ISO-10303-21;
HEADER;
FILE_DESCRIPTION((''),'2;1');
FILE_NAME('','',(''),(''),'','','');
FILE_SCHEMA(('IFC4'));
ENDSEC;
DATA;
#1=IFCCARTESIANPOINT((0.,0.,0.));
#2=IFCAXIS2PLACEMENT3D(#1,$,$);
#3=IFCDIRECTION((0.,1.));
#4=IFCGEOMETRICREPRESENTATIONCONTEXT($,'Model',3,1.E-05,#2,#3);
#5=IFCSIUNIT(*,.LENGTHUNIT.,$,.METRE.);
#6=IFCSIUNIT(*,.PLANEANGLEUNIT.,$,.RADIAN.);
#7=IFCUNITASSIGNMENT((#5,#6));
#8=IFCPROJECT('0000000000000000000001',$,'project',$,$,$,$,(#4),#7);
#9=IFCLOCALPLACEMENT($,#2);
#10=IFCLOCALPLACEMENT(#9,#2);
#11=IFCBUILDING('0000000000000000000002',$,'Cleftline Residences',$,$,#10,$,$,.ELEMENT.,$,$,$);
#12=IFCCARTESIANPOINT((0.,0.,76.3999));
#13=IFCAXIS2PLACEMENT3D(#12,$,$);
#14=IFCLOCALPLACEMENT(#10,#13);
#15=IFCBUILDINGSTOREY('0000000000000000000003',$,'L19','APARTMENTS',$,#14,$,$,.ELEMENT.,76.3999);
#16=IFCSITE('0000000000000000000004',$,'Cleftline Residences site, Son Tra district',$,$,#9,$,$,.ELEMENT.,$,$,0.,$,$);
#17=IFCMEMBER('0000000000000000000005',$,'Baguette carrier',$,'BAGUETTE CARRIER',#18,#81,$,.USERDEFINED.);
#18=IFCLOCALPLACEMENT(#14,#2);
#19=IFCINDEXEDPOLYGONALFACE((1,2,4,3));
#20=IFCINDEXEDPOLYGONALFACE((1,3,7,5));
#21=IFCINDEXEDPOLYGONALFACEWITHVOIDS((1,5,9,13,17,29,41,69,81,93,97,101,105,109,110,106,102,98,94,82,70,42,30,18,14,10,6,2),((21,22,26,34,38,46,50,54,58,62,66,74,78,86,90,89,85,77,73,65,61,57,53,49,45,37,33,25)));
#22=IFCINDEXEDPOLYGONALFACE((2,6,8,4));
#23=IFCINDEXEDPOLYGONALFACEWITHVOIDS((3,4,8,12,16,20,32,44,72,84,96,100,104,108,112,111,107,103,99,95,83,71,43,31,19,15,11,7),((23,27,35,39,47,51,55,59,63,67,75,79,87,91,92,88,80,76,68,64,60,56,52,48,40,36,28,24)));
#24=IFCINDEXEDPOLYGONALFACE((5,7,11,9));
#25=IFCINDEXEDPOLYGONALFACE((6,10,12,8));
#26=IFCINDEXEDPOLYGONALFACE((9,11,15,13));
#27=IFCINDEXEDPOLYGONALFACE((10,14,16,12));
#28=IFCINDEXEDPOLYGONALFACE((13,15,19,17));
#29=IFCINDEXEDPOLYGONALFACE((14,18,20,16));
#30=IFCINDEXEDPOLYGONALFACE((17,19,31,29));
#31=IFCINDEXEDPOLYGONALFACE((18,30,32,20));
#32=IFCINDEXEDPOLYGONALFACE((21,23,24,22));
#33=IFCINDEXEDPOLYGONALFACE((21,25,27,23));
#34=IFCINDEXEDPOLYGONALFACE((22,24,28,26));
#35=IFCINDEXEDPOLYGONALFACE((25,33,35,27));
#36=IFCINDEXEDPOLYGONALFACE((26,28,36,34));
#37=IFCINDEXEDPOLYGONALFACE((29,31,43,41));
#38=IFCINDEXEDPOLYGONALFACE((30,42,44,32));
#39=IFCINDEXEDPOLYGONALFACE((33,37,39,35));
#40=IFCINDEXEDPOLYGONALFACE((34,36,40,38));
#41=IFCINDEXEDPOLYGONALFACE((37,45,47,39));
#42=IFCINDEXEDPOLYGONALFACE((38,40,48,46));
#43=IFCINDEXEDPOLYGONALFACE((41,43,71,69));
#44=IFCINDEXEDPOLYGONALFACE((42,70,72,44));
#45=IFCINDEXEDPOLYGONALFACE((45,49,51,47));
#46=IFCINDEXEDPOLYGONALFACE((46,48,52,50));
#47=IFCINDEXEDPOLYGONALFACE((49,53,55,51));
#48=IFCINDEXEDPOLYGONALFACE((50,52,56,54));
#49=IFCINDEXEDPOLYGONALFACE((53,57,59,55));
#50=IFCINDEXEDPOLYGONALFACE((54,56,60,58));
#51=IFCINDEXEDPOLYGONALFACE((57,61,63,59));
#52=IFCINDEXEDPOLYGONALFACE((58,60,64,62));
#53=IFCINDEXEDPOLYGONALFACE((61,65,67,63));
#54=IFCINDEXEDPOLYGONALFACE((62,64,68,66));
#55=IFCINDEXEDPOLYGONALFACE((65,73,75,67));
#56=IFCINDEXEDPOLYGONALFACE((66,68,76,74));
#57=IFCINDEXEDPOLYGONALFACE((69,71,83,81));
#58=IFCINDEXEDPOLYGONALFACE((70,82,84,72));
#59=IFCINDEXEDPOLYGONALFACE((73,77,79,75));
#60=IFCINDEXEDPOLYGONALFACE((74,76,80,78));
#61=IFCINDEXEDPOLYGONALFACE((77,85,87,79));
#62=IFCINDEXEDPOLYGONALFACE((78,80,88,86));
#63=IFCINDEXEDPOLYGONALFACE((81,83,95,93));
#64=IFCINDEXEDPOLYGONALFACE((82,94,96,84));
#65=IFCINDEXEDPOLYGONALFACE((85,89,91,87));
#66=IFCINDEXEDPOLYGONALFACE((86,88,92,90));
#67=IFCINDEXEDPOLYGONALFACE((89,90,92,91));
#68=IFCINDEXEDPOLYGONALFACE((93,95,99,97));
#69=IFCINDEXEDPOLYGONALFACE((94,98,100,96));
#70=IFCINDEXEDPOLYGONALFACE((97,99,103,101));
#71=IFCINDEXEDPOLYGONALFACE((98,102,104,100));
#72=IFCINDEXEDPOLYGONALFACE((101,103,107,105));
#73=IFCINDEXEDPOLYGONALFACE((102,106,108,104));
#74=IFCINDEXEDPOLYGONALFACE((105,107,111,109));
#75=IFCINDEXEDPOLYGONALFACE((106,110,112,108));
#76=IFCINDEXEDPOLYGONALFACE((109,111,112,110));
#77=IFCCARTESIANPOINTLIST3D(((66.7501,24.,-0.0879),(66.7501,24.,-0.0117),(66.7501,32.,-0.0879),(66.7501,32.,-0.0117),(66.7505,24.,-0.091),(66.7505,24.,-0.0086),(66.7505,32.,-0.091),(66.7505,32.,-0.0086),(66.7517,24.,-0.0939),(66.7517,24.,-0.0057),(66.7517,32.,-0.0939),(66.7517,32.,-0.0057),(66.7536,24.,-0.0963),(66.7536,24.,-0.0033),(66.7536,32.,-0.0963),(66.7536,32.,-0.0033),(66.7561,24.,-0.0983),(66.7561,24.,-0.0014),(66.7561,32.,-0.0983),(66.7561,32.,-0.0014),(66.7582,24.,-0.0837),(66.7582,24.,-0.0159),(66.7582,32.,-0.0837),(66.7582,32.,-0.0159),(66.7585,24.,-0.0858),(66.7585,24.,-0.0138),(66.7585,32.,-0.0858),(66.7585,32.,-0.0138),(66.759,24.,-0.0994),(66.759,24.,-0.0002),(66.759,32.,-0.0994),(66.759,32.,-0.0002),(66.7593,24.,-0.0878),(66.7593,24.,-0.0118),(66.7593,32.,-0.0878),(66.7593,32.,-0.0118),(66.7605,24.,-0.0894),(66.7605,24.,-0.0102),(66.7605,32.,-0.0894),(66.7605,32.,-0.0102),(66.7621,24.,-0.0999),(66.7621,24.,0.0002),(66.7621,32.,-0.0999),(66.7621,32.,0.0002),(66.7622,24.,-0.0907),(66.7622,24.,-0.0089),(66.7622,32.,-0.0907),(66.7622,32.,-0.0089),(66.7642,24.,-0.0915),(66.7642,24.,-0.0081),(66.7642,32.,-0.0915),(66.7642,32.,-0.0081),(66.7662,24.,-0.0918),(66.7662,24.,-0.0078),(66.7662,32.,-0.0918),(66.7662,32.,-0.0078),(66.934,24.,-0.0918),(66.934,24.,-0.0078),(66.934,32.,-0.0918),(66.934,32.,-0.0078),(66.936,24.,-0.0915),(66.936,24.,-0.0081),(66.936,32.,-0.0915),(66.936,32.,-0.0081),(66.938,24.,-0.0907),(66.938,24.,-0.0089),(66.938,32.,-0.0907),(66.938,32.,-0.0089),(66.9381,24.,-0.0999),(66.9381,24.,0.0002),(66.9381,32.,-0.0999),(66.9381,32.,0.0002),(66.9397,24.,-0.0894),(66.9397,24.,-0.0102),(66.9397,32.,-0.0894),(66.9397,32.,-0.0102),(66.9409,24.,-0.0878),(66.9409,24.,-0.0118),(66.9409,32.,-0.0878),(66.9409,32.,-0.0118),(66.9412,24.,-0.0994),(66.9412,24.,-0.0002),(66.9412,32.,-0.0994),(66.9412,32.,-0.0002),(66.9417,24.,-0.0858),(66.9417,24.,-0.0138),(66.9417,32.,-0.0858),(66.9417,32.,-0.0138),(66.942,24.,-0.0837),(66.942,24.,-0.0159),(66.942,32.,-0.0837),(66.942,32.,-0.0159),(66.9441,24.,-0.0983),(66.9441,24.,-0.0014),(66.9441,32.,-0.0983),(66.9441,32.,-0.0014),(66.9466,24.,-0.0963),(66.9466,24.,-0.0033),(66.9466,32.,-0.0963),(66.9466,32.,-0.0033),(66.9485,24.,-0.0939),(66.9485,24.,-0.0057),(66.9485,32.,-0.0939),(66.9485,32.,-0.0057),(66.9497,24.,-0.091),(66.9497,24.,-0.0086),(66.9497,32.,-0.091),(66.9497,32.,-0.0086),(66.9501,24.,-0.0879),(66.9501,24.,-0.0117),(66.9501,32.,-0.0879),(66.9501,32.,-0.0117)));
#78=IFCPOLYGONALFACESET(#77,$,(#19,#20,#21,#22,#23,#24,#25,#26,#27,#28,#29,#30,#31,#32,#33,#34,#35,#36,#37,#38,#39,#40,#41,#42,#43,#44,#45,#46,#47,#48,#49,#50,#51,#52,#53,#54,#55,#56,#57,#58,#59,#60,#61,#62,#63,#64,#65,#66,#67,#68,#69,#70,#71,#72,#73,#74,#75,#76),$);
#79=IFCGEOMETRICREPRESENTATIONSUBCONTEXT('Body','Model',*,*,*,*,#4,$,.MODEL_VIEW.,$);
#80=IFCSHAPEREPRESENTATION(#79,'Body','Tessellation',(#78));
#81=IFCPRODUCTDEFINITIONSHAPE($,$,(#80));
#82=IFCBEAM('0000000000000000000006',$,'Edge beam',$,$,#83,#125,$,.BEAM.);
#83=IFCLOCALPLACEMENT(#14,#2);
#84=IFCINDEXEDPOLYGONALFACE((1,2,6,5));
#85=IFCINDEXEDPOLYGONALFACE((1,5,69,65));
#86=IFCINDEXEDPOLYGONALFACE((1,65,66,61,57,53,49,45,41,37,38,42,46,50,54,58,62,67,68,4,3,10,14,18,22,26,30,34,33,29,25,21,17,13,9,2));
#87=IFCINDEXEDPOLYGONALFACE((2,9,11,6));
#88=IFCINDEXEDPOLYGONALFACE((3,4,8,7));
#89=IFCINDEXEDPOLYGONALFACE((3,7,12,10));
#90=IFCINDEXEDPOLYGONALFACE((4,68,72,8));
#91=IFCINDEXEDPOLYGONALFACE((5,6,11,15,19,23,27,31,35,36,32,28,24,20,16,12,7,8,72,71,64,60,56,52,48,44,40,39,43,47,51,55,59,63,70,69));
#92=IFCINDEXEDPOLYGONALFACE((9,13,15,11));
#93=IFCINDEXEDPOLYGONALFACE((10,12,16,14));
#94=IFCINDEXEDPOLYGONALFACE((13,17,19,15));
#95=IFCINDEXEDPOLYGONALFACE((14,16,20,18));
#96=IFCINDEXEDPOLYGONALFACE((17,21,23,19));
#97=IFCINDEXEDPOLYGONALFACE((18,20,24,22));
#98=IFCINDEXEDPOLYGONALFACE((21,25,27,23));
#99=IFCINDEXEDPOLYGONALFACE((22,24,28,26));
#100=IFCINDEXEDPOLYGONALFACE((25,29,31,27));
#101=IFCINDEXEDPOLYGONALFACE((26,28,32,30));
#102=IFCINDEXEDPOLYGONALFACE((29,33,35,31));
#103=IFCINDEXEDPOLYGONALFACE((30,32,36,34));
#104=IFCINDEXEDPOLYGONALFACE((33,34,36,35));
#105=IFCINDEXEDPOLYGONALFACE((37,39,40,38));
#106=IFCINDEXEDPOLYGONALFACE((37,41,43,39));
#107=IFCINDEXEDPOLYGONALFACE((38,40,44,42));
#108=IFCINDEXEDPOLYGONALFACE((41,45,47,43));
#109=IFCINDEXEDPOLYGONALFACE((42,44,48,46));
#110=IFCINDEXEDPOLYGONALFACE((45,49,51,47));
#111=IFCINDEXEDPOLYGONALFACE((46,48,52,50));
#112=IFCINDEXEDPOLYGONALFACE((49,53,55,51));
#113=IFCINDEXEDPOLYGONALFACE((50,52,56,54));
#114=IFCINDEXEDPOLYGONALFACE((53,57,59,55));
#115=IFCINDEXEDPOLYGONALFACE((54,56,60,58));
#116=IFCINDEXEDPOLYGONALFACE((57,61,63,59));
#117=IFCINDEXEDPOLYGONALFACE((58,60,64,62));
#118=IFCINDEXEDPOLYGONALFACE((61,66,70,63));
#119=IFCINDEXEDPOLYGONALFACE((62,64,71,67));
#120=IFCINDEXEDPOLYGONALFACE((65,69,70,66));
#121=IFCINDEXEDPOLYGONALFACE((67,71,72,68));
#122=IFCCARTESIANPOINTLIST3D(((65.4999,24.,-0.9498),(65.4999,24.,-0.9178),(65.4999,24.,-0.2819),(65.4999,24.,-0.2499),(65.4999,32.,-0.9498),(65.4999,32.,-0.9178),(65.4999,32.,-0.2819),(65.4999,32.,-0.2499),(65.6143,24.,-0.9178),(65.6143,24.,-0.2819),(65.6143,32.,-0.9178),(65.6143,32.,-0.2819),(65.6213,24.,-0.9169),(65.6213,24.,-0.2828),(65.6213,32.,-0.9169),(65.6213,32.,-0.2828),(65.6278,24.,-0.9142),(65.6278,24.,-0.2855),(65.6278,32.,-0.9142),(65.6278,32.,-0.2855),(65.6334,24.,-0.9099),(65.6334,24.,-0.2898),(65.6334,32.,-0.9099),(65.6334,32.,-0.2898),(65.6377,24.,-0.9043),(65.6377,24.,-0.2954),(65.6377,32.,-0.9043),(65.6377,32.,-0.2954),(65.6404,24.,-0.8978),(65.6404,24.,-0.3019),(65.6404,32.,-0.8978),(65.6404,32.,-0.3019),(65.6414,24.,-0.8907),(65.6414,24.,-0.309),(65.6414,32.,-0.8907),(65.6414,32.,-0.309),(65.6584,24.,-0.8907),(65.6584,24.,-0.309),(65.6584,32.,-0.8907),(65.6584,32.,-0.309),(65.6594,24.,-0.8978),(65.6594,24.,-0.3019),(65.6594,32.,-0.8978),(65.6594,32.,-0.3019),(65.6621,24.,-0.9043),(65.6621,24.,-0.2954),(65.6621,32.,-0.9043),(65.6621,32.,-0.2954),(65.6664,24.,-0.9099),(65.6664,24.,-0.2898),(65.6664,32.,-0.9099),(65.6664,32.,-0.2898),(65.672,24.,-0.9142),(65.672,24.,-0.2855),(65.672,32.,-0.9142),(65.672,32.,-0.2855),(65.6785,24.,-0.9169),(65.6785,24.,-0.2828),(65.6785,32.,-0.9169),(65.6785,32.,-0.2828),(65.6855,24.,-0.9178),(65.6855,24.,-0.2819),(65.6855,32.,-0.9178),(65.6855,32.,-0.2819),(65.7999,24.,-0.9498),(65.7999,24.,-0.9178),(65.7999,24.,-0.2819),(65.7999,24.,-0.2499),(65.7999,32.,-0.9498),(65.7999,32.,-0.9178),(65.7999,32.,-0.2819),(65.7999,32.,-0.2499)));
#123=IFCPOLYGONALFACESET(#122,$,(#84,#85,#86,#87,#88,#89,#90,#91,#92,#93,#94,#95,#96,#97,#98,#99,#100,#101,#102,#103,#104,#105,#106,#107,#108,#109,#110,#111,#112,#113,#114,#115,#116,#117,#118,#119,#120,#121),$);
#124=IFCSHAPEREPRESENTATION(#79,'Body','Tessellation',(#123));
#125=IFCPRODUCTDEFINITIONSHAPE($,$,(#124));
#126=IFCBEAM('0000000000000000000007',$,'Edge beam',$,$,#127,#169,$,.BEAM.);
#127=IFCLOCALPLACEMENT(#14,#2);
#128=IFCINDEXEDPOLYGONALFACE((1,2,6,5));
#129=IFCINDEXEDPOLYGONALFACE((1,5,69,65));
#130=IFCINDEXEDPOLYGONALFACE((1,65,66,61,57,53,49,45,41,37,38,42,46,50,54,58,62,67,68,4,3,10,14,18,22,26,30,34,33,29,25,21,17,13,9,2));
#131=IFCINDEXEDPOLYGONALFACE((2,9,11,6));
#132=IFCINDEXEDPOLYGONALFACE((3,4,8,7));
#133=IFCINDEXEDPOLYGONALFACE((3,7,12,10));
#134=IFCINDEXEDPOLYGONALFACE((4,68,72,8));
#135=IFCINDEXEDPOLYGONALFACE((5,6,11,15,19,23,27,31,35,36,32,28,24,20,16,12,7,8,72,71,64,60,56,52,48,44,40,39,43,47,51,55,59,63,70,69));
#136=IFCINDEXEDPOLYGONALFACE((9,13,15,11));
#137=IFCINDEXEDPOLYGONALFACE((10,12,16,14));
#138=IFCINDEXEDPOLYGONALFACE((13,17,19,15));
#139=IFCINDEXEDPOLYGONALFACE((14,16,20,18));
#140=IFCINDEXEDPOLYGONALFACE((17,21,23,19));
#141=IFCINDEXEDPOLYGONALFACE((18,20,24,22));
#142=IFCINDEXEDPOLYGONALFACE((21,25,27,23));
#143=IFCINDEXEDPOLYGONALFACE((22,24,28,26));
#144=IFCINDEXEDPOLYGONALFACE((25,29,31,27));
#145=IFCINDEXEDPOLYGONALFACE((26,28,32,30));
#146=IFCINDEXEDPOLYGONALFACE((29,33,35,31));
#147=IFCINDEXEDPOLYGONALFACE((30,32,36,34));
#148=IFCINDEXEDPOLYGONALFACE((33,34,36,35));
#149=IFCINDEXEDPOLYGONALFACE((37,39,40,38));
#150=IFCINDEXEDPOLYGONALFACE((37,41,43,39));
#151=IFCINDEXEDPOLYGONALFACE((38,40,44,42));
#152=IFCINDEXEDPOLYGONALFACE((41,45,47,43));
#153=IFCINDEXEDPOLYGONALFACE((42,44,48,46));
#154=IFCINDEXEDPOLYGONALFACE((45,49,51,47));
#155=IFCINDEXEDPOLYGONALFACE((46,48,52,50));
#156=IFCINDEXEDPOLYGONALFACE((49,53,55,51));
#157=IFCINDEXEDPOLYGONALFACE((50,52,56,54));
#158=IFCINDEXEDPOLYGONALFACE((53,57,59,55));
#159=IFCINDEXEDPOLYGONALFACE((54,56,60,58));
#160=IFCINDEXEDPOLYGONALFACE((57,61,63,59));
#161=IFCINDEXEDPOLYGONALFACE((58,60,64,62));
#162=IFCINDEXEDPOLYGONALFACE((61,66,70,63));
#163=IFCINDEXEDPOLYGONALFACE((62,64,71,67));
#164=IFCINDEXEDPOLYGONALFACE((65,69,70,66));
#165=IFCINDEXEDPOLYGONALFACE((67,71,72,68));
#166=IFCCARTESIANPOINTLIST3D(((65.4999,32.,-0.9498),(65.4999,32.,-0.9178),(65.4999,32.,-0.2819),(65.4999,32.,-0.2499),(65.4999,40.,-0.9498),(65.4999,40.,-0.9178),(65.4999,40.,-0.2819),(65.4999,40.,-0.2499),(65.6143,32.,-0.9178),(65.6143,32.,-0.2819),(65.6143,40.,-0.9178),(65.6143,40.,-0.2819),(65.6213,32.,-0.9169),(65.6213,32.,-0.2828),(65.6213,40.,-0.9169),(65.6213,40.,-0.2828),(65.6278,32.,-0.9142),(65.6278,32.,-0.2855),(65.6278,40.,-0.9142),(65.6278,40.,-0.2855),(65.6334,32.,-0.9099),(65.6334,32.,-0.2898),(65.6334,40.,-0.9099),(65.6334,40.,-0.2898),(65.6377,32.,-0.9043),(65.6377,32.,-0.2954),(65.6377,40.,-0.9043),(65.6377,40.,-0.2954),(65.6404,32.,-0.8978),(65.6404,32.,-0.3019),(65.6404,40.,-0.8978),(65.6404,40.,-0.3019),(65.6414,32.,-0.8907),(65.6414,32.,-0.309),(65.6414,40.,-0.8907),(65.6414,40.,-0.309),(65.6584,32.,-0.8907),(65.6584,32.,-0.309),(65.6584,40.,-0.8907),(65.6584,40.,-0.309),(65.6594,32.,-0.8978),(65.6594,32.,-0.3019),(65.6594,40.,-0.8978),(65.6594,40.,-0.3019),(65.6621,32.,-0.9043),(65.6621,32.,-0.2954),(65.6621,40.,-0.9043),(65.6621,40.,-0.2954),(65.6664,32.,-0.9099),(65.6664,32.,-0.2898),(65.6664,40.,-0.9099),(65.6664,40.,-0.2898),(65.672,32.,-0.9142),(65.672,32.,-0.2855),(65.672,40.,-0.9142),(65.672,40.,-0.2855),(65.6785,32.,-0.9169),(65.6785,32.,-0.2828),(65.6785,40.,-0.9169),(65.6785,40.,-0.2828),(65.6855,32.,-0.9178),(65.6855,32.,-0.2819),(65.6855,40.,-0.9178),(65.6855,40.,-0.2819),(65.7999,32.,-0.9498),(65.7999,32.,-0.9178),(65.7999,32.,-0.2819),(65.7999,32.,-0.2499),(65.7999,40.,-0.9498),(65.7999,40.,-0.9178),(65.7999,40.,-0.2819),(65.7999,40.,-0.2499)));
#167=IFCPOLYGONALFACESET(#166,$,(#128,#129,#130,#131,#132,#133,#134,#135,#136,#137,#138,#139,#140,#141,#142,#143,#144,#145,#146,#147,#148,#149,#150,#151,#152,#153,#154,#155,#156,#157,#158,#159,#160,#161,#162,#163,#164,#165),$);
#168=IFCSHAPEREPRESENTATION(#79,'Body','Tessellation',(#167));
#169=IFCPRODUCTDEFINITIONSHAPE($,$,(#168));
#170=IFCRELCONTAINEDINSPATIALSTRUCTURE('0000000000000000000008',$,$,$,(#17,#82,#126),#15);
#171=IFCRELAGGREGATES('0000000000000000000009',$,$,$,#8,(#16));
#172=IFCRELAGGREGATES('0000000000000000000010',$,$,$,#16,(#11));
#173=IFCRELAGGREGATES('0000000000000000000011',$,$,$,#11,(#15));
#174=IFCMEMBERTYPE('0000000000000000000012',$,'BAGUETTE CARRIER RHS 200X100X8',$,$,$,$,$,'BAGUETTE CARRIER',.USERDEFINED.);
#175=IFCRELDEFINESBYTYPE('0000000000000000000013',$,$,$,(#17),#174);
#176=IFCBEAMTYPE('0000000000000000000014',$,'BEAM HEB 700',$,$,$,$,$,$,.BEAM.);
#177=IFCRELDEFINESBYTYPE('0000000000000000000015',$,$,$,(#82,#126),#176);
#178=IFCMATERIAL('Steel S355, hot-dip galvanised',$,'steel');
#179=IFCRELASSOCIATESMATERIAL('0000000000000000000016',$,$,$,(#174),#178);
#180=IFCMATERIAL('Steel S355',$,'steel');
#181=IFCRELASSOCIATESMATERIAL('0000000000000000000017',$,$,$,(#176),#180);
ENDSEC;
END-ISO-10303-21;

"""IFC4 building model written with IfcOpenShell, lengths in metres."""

from ifc_helpers import new_model, si_unit, direction, frame, origin, origin_2d, place, context, subcontext, project, spatial, hollow_rectangle, i_section, extrude, material, material_profile, profile_set, type_object, element, save


model = new_model("IFC4")

# Units and contexts
model_context = context("Model", 3, precision=1e-05, world=origin(), true_north=direction((0.0, 1.0)))
body_context = subcontext(model_context, "Body", "Model", "MODEL_VIEW")
ifc_project = project(units=[si_unit("LENGTHUNIT", "METRE"), si_unit("PLANEANGLEUNIT", "RADIAN")], contexts=[model_context])

# Site, building, storey
site_placement = place(None, origin())
site = spatial("IfcSite", under=ifc_project, at=site_placement, Name="Cleftline Residences site, Son Tra district", CompositionType="ELEMENT", RefElevation=0.0)
building_placement = place(site_placement, origin())
building = spatial("IfcBuilding", under=site, at=building_placement, Name="Cleftline Residences", CompositionType="ELEMENT")
storey_placement = place(building_placement, frame((0.0, 0.0, 76.3999)))
storey = spatial("IfcBuildingStorey", under=building, at=storey_placement, Name="L19", Description="APARTMENTS", CompositionType="ELEMENT", Elevation=76.3999)

# Member
ifc_material_1 = material(Name="Steel S355, hot-dip galvanised", Category="steel")
ifc_material_profile_1 = material_profile(ifc_material_1, hollow_rectangle(XDim=0.1001, YDim=0.2, WallThickness=0.0081, InnerFilletRadius=0.0081, OuterFilletRadius=0.012, at=origin_2d()))
ifc_profile_set_1 = profile_set([ifc_material_profile_1], Name="Steel S355, hot-dip galvanised")
member_type_1 = type_object("IfcMemberType", Name="BAGUETTE CARRIER RHS 200X100X8", ElementType="BAGUETTE CARRIER", PredefinedType="USERDEFINED", material=ifc_profile_set_1)
member_1_placement = place(storey_placement, frame((66.8501, 24.0, -0.0498), z_axis=(0.0, 1.0, 0.0), x_axis=(0.0, 0.0, 1.0)))
element("IfcMember", 1, at=member_1_placement, inside=storey, type_object=member_type_1, Name="Baguette carrier", ObjectType="BAGUETTE CARRIER", PredefinedType="USERDEFINED", context=body_context, shape_type="SweptSolid", body=[
    extrude(hollow_rectangle(XDim=0.1001, YDim=0.2, WallThickness=0.0081, InnerFilletRadius=0.0081, OuterFilletRadius=0.012, at=origin_2d()), origin(), (0.0, 0.0, 1.0), 8.0),
])

# Beams
ifc_material_2 = material(Name="Steel S355", Category="steel")
ifc_material_profile_2 = material_profile(ifc_material_2, i_section(OverallWidth=0.3, OverallDepth=0.7, WebThickness=0.0171, FlangeThickness=0.032, FilletRadius=0.0271, at=origin_2d()))
ifc_profile_set_2 = profile_set([ifc_material_profile_2], Name="Steel S355")
beam_type_1 = type_object("IfcBeamType", Name="BEAM HEB 700", PredefinedType="BEAM", material=ifc_profile_set_2)
for number, where, z_axis, x_axis, name in (
    (2, (65.6499, 24.0, -0.5999), (0.0, 1.0, 0.0), (-1.0, 0.0, 0.0), "Edge beam"),
    (3, (65.6499, 32.0, -0.5999), (0.0, 1.0, 0.0), (-1.0, 0.0, 0.0), "Edge beam"),
):
    element("IfcBeam", number, at=place(storey_placement, frame(where, z_axis=z_axis, x_axis=x_axis)), inside=storey, type_object=beam_type_1, Name=name, PredefinedType="BEAM", context=body_context, shape_type="SweptSolid", body=[
        extrude(i_section(OverallWidth=0.3, OverallDepth=0.7, WebThickness=0.0171, FlangeThickness=0.032, FilletRadius=0.0271, at=origin_2d()), origin(), (0.0, 0.0, 1.0), 8.0),
    ])

save(model, "model.ifc")
